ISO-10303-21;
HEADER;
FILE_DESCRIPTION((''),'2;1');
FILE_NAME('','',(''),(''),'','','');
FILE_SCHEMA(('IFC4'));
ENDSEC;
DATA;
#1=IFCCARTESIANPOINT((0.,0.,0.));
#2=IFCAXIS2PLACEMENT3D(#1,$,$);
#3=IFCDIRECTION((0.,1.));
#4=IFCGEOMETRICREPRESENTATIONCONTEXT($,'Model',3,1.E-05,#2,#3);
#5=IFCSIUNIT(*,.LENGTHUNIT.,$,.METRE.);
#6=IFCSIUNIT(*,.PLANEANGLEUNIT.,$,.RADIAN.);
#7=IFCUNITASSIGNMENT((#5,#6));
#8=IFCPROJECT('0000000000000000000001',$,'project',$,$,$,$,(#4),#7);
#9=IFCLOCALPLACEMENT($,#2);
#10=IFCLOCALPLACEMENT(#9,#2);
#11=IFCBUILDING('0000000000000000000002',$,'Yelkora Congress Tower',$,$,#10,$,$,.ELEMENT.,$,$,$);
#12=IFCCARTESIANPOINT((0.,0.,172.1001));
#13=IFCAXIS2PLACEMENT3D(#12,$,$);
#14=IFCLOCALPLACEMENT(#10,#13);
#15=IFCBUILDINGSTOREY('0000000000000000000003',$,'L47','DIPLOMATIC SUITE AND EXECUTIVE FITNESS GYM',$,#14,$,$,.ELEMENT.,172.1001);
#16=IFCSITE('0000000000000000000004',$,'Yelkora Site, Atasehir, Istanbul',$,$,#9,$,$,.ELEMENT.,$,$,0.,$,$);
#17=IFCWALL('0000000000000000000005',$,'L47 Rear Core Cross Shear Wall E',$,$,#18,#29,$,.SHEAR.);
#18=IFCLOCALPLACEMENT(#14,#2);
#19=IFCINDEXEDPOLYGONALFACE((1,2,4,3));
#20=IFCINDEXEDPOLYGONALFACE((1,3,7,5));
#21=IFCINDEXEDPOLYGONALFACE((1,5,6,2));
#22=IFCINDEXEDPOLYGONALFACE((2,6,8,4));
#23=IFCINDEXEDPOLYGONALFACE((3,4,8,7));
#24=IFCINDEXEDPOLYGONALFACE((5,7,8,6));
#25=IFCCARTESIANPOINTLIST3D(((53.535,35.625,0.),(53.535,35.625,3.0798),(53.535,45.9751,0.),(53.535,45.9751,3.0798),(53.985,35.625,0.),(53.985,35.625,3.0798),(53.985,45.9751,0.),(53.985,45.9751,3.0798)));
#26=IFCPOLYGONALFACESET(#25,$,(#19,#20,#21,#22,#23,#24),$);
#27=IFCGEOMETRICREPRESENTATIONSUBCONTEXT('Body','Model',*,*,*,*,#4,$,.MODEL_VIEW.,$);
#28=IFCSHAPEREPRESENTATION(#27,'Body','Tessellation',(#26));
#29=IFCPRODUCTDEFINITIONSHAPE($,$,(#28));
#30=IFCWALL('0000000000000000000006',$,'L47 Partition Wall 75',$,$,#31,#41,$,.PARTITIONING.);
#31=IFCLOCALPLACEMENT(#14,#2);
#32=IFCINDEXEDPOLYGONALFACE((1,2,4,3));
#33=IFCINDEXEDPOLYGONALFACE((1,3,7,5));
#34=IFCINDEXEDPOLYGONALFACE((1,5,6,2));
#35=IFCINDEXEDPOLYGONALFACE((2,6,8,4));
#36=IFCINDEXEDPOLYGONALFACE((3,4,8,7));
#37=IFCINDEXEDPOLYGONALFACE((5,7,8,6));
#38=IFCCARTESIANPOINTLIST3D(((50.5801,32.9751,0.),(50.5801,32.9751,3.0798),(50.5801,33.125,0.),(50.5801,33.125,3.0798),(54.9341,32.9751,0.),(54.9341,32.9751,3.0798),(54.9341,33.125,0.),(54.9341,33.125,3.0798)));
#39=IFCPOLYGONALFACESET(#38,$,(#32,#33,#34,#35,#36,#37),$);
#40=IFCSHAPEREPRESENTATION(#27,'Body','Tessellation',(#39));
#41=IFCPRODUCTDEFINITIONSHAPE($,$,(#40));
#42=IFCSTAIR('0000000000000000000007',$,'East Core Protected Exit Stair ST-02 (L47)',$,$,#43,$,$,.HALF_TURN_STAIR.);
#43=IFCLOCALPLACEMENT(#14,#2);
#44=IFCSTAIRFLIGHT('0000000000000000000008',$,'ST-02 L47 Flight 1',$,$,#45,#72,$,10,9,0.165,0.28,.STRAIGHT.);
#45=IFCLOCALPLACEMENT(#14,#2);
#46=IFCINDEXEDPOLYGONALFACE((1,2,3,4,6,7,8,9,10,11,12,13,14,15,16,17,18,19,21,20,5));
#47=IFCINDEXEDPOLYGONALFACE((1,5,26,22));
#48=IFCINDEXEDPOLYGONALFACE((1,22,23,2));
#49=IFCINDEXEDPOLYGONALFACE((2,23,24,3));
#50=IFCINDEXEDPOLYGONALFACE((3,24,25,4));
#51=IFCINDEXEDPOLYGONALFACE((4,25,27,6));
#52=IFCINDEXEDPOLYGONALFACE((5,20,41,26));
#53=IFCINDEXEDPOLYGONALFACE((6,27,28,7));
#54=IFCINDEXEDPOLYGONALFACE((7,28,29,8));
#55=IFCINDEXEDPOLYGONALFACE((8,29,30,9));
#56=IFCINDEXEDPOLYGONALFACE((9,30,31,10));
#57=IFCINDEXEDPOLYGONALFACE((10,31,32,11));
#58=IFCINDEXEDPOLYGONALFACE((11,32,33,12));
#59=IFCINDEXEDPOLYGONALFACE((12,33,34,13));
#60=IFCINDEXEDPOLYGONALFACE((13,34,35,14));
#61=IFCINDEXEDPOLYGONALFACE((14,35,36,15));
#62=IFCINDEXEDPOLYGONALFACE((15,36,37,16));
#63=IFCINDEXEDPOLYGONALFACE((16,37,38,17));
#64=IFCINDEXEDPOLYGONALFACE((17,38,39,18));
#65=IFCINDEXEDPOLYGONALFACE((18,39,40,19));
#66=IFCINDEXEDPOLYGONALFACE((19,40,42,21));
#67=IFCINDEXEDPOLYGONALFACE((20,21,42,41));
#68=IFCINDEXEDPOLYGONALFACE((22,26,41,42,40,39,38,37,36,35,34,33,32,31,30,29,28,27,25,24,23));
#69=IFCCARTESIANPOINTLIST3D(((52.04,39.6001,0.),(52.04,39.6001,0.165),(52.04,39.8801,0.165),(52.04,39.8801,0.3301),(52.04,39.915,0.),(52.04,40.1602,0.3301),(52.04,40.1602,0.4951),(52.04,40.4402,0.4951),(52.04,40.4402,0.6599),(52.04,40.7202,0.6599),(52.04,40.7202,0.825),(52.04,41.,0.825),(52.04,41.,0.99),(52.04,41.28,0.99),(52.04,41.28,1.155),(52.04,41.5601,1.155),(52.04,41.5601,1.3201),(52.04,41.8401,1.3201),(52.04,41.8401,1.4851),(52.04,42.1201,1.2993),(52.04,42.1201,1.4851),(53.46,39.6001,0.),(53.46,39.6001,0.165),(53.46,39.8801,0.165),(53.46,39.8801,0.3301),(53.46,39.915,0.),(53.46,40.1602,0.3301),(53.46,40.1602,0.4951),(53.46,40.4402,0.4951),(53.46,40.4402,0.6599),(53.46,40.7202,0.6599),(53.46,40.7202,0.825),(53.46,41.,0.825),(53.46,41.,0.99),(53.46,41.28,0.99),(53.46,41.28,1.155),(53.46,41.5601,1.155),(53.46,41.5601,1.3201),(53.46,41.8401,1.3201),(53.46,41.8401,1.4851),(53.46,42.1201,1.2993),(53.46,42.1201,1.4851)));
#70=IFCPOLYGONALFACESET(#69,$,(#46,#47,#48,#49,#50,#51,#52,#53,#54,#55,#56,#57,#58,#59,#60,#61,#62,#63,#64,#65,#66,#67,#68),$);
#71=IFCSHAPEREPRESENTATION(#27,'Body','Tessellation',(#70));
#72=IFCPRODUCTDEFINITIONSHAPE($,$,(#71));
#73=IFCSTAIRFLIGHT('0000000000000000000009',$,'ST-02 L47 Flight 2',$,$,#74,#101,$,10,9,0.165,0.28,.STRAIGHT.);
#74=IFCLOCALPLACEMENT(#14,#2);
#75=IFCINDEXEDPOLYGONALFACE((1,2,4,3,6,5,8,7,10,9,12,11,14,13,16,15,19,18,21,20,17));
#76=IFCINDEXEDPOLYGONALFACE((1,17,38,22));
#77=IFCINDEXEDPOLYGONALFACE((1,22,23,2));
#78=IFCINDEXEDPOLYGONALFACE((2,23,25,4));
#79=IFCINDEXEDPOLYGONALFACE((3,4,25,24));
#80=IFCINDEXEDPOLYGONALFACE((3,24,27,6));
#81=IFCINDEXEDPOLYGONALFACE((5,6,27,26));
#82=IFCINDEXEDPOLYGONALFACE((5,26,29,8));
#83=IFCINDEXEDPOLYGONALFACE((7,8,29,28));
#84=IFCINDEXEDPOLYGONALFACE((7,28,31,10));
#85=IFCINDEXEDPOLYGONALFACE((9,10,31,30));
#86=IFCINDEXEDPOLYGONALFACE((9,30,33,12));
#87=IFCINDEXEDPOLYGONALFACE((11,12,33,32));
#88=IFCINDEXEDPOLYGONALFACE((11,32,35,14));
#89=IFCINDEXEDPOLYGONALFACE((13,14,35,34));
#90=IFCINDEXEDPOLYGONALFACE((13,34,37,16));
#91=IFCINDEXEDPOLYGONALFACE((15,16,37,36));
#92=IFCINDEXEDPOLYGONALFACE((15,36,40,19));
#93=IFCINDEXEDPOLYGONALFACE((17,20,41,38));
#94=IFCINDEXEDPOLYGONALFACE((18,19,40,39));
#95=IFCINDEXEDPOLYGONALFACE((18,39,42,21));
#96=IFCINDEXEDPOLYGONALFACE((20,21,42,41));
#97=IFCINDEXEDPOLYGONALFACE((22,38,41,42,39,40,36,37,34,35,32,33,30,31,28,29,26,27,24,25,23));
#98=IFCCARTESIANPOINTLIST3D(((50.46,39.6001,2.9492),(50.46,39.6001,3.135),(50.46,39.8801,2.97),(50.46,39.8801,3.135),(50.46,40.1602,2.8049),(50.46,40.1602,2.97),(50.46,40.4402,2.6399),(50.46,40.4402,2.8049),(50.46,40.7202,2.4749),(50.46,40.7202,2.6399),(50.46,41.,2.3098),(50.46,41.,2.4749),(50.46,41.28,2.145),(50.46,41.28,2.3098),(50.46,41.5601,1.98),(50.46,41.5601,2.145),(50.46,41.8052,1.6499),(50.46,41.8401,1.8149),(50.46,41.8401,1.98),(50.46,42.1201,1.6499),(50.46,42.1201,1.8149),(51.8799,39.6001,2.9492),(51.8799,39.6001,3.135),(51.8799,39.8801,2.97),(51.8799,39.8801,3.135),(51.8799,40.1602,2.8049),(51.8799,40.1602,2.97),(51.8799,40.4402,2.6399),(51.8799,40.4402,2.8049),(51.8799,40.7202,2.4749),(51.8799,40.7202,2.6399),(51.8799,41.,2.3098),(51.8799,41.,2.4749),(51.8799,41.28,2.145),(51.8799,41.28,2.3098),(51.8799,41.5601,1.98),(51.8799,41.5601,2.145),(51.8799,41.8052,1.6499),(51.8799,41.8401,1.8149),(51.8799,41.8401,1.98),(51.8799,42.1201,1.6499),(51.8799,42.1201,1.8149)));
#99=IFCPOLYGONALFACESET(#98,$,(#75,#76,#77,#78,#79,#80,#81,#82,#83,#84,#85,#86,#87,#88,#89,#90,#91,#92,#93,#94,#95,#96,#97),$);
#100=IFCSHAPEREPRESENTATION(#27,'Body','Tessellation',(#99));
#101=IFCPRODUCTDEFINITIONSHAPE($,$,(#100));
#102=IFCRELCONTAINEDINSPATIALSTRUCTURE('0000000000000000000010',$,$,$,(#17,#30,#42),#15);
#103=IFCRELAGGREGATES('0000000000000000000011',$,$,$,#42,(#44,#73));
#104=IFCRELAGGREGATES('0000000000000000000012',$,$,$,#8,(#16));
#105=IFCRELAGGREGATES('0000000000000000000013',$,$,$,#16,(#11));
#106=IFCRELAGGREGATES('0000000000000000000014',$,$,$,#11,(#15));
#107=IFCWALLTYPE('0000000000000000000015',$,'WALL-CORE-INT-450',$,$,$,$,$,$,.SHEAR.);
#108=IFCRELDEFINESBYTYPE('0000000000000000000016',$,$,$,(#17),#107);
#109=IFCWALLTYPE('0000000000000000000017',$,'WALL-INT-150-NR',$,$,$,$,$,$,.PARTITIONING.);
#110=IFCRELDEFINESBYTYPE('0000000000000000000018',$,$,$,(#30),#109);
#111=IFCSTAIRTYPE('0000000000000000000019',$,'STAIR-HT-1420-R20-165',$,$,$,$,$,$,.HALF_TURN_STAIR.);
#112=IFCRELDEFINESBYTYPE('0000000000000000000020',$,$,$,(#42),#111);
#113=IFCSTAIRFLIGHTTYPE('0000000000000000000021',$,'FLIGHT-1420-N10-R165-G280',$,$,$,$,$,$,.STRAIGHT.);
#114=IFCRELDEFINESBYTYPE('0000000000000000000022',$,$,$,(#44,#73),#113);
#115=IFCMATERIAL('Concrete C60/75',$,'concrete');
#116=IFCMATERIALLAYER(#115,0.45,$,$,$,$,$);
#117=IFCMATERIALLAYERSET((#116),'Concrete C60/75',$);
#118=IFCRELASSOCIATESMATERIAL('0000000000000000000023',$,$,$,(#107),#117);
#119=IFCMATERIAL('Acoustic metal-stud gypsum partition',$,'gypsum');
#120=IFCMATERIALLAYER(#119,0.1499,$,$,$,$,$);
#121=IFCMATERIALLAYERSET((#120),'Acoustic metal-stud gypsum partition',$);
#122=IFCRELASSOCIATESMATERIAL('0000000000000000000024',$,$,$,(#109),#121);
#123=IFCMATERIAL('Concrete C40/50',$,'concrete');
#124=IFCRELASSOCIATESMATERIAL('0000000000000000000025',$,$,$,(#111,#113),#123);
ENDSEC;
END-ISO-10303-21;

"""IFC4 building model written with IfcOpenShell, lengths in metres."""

from ifc_helpers import new_model, si_unit, direction, frame, frame_2d, origin, place, context, subcontext, project, spatial, polyline, rectangle, outline, extrude, material, layer, layer_set, type_object, element, aggregate, save


model = new_model("IFC4")

# Units and contexts
model_context = context("Model", 3, precision=1e-05, world=origin(), true_north=direction((0.0, 1.0)))
body_context = subcontext(model_context, "Body", "Model", "MODEL_VIEW")
ifc_project = project(units=[si_unit("LENGTHUNIT", "METRE"), si_unit("PLANEANGLEUNIT", "RADIAN")], contexts=[model_context])

# Site, building, storey
site_placement = place(None, origin())
site = spatial("IfcSite", under=ifc_project, at=site_placement, Name="Yelkora Site, Atasehir, Istanbul", CompositionType="ELEMENT", RefElevation=0.0)
building_placement = place(site_placement, origin())
building = spatial("IfcBuilding", under=site, at=building_placement, Name="Yelkora Congress Tower", CompositionType="ELEMENT")
storey_placement = place(building_placement, frame((0.0, 0.0, 172.1001)))
storey = spatial("IfcBuildingStorey", under=building, at=storey_placement, Name="L47", Description="DIPLOMATIC SUITE AND EXECUTIVE FITNESS GYM", CompositionType="ELEMENT", Elevation=172.1001)

# Walls
ifc_material_1 = material(Name="Concrete C60/75", Category="concrete")
ifc_layer_1 = layer(ifc_material_1, 0.45)
ifc_layer_set_1 = layer_set([ifc_layer_1], Name="Concrete C60/75")
wall_type_1 = type_object("IfcWallType", Name="WALL-CORE-INT-450", PredefinedType="SHEAR", material=ifc_layer_set_1)
wall_1_placement = place(storey_placement, frame((53.76, 35.625, 0.0), z_axis=(0.0, 0.0, 1.0), x_axis=(0.0, 1.0, 0.0)))
element("IfcWall", 1, at=wall_1_placement, inside=storey, type_object=wall_type_1, Name="L47 Rear Core Cross Shear Wall E", PredefinedType="SHEAR", context=body_context, shape_type="SweptSolid", body=[
    extrude(rectangle(XDim=10.3501, YDim=0.45, at=frame_2d((5.175, 0.0))), origin(), (0.0, 0.0, 1.0), 3.0798),
])
ifc_material_2 = material(Name="Acoustic metal-stud gypsum partition", Category="gypsum")
ifc_layer_2 = layer(ifc_material_2, 0.1499)
ifc_layer_set_2 = layer_set([ifc_layer_2], Name="Acoustic metal-stud gypsum partition")
wall_type_2 = type_object("IfcWallType", Name="WALL-INT-150-NR", PredefinedType="PARTITIONING", material=ifc_layer_set_2)
wall_2_placement = place(storey_placement, frame((50.5801, 33.05, 0.0), z_axis=(0.0, 0.0, 1.0), x_axis=(1.0, 0.0, 0.0)))
element("IfcWall", 2, at=wall_2_placement, inside=storey, type_object=wall_type_2, Name="L47 Partition Wall 75", PredefinedType="PARTITIONING", context=body_context, shape_type="SweptSolid", body=[
    extrude(rectangle(XDim=4.354, YDim=0.1499, at=frame_2d((2.177, 0.0))), origin(), (0.0, 0.0, 1.0), 3.0798),
])

# Stair, stair flights
ifc_material_3 = material(Name="Concrete C40/50", Category="concrete")
stair_type = type_object("IfcStairType", Name="STAIR-HT-1420-R20-165", PredefinedType="HALF_TURN_STAIR", material=ifc_material_3)
stair_placement = place(storey_placement, origin())
stair = element("IfcStair", 3, at=stair_placement, inside=storey, type_object=stair_type, Name="East Core Protected Exit Stair ST-02 (L47)", PredefinedType="HALF_TURN_STAIR")
stair_flight_type = type_object("IfcStairFlightType", Name="FLIGHT-1420-N10-R165-G280", PredefinedType="STRAIGHT", material=ifc_material_3)
stair_flight_1_placement = place(storey_placement, frame((52.75, 39.6001, 0.0), z_axis=(0.0, 0.0, 1.0), x_axis=(0.0, 1.0, 0.0)))
stair_flight_1 = element("IfcStairFlight", 4, at=stair_flight_1_placement, type_object=stair_flight_type, Name="ST-02 L47 Flight 1", NumberOfRisers=10, NumberOfTreads=9, PredefinedType="STRAIGHT", RiserHeight=0.165, TreadLength=0.28, context=body_context, shape_type="SweptSolid", body=[
    extrude(outline(polyline([(0.0, 0.0), (0.0, 0.165), (0.28, 0.165), (0.28, 0.3301), (0.5601, 0.3301), (0.5601, 0.4951), (0.8401, 0.4951), (0.8401, 0.6599), (1.1201, 0.6599), (1.1201, 0.825), (1.3999, 0.825), (1.3999, 0.99), (1.6799, 0.99), (1.6799, 1.155), (1.96, 1.155), (1.96, 1.3201), (2.24, 1.3201), (2.24, 1.4851), (2.52, 1.4851), (2.52, 1.6499), (2.52, 1.2993), (0.3149, 0.0), (0.0, 0.0)])), frame((0.0, 0.71, 0.0), z_axis=(0.0, -1.0, 0.0), x_axis=(1.0, 0.0, 0.0)), (0.0, 0.0, 1.0), 1.4199),
])
stair_flight_2_placement = place(storey_placement, frame((51.1699, 42.1201, 1.6499), z_axis=(0.0, 0.0, 1.0), x_axis=(0.0, -1.0, 0.0)))
stair_flight_2 = element("IfcStairFlight", 5, at=stair_flight_2_placement, type_object=stair_flight_type, Name="ST-02 L47 Flight 2", NumberOfRisers=10, NumberOfTreads=9, PredefinedType="STRAIGHT", RiserHeight=0.165, TreadLength=0.28, context=body_context, shape_type="SweptSolid", body=[
    extrude(outline(polyline([(0.0, 0.0), (0.0, 0.165), (0.28, 0.165), (0.28, 0.3301), (0.5601, 0.3301), (0.5601, 0.4951), (0.8401, 0.4951), (0.8401, 0.6599), (1.1201, 0.6599), (1.1201, 0.825), (1.3999, 0.825), (1.3999, 0.99), (1.6799, 0.99), (1.6799, 1.155), (1.96, 1.155), (1.96, 1.3201), (2.24, 1.3201), (2.24, 1.4851), (2.52, 1.4851), (2.52, 1.6499), (2.52, 1.2993), (0.3149, 0.0), (0.0, 0.0)])), frame((0.0, 0.71, 0.0), z_axis=(0.0, -1.0, 0.0), x_axis=(1.0, 0.0, 0.0)), (0.0, 0.0, 1.0), 1.4199),
])
aggregate(stair, [stair_flight_1, stair_flight_2])

save(model, "model.ifc")
